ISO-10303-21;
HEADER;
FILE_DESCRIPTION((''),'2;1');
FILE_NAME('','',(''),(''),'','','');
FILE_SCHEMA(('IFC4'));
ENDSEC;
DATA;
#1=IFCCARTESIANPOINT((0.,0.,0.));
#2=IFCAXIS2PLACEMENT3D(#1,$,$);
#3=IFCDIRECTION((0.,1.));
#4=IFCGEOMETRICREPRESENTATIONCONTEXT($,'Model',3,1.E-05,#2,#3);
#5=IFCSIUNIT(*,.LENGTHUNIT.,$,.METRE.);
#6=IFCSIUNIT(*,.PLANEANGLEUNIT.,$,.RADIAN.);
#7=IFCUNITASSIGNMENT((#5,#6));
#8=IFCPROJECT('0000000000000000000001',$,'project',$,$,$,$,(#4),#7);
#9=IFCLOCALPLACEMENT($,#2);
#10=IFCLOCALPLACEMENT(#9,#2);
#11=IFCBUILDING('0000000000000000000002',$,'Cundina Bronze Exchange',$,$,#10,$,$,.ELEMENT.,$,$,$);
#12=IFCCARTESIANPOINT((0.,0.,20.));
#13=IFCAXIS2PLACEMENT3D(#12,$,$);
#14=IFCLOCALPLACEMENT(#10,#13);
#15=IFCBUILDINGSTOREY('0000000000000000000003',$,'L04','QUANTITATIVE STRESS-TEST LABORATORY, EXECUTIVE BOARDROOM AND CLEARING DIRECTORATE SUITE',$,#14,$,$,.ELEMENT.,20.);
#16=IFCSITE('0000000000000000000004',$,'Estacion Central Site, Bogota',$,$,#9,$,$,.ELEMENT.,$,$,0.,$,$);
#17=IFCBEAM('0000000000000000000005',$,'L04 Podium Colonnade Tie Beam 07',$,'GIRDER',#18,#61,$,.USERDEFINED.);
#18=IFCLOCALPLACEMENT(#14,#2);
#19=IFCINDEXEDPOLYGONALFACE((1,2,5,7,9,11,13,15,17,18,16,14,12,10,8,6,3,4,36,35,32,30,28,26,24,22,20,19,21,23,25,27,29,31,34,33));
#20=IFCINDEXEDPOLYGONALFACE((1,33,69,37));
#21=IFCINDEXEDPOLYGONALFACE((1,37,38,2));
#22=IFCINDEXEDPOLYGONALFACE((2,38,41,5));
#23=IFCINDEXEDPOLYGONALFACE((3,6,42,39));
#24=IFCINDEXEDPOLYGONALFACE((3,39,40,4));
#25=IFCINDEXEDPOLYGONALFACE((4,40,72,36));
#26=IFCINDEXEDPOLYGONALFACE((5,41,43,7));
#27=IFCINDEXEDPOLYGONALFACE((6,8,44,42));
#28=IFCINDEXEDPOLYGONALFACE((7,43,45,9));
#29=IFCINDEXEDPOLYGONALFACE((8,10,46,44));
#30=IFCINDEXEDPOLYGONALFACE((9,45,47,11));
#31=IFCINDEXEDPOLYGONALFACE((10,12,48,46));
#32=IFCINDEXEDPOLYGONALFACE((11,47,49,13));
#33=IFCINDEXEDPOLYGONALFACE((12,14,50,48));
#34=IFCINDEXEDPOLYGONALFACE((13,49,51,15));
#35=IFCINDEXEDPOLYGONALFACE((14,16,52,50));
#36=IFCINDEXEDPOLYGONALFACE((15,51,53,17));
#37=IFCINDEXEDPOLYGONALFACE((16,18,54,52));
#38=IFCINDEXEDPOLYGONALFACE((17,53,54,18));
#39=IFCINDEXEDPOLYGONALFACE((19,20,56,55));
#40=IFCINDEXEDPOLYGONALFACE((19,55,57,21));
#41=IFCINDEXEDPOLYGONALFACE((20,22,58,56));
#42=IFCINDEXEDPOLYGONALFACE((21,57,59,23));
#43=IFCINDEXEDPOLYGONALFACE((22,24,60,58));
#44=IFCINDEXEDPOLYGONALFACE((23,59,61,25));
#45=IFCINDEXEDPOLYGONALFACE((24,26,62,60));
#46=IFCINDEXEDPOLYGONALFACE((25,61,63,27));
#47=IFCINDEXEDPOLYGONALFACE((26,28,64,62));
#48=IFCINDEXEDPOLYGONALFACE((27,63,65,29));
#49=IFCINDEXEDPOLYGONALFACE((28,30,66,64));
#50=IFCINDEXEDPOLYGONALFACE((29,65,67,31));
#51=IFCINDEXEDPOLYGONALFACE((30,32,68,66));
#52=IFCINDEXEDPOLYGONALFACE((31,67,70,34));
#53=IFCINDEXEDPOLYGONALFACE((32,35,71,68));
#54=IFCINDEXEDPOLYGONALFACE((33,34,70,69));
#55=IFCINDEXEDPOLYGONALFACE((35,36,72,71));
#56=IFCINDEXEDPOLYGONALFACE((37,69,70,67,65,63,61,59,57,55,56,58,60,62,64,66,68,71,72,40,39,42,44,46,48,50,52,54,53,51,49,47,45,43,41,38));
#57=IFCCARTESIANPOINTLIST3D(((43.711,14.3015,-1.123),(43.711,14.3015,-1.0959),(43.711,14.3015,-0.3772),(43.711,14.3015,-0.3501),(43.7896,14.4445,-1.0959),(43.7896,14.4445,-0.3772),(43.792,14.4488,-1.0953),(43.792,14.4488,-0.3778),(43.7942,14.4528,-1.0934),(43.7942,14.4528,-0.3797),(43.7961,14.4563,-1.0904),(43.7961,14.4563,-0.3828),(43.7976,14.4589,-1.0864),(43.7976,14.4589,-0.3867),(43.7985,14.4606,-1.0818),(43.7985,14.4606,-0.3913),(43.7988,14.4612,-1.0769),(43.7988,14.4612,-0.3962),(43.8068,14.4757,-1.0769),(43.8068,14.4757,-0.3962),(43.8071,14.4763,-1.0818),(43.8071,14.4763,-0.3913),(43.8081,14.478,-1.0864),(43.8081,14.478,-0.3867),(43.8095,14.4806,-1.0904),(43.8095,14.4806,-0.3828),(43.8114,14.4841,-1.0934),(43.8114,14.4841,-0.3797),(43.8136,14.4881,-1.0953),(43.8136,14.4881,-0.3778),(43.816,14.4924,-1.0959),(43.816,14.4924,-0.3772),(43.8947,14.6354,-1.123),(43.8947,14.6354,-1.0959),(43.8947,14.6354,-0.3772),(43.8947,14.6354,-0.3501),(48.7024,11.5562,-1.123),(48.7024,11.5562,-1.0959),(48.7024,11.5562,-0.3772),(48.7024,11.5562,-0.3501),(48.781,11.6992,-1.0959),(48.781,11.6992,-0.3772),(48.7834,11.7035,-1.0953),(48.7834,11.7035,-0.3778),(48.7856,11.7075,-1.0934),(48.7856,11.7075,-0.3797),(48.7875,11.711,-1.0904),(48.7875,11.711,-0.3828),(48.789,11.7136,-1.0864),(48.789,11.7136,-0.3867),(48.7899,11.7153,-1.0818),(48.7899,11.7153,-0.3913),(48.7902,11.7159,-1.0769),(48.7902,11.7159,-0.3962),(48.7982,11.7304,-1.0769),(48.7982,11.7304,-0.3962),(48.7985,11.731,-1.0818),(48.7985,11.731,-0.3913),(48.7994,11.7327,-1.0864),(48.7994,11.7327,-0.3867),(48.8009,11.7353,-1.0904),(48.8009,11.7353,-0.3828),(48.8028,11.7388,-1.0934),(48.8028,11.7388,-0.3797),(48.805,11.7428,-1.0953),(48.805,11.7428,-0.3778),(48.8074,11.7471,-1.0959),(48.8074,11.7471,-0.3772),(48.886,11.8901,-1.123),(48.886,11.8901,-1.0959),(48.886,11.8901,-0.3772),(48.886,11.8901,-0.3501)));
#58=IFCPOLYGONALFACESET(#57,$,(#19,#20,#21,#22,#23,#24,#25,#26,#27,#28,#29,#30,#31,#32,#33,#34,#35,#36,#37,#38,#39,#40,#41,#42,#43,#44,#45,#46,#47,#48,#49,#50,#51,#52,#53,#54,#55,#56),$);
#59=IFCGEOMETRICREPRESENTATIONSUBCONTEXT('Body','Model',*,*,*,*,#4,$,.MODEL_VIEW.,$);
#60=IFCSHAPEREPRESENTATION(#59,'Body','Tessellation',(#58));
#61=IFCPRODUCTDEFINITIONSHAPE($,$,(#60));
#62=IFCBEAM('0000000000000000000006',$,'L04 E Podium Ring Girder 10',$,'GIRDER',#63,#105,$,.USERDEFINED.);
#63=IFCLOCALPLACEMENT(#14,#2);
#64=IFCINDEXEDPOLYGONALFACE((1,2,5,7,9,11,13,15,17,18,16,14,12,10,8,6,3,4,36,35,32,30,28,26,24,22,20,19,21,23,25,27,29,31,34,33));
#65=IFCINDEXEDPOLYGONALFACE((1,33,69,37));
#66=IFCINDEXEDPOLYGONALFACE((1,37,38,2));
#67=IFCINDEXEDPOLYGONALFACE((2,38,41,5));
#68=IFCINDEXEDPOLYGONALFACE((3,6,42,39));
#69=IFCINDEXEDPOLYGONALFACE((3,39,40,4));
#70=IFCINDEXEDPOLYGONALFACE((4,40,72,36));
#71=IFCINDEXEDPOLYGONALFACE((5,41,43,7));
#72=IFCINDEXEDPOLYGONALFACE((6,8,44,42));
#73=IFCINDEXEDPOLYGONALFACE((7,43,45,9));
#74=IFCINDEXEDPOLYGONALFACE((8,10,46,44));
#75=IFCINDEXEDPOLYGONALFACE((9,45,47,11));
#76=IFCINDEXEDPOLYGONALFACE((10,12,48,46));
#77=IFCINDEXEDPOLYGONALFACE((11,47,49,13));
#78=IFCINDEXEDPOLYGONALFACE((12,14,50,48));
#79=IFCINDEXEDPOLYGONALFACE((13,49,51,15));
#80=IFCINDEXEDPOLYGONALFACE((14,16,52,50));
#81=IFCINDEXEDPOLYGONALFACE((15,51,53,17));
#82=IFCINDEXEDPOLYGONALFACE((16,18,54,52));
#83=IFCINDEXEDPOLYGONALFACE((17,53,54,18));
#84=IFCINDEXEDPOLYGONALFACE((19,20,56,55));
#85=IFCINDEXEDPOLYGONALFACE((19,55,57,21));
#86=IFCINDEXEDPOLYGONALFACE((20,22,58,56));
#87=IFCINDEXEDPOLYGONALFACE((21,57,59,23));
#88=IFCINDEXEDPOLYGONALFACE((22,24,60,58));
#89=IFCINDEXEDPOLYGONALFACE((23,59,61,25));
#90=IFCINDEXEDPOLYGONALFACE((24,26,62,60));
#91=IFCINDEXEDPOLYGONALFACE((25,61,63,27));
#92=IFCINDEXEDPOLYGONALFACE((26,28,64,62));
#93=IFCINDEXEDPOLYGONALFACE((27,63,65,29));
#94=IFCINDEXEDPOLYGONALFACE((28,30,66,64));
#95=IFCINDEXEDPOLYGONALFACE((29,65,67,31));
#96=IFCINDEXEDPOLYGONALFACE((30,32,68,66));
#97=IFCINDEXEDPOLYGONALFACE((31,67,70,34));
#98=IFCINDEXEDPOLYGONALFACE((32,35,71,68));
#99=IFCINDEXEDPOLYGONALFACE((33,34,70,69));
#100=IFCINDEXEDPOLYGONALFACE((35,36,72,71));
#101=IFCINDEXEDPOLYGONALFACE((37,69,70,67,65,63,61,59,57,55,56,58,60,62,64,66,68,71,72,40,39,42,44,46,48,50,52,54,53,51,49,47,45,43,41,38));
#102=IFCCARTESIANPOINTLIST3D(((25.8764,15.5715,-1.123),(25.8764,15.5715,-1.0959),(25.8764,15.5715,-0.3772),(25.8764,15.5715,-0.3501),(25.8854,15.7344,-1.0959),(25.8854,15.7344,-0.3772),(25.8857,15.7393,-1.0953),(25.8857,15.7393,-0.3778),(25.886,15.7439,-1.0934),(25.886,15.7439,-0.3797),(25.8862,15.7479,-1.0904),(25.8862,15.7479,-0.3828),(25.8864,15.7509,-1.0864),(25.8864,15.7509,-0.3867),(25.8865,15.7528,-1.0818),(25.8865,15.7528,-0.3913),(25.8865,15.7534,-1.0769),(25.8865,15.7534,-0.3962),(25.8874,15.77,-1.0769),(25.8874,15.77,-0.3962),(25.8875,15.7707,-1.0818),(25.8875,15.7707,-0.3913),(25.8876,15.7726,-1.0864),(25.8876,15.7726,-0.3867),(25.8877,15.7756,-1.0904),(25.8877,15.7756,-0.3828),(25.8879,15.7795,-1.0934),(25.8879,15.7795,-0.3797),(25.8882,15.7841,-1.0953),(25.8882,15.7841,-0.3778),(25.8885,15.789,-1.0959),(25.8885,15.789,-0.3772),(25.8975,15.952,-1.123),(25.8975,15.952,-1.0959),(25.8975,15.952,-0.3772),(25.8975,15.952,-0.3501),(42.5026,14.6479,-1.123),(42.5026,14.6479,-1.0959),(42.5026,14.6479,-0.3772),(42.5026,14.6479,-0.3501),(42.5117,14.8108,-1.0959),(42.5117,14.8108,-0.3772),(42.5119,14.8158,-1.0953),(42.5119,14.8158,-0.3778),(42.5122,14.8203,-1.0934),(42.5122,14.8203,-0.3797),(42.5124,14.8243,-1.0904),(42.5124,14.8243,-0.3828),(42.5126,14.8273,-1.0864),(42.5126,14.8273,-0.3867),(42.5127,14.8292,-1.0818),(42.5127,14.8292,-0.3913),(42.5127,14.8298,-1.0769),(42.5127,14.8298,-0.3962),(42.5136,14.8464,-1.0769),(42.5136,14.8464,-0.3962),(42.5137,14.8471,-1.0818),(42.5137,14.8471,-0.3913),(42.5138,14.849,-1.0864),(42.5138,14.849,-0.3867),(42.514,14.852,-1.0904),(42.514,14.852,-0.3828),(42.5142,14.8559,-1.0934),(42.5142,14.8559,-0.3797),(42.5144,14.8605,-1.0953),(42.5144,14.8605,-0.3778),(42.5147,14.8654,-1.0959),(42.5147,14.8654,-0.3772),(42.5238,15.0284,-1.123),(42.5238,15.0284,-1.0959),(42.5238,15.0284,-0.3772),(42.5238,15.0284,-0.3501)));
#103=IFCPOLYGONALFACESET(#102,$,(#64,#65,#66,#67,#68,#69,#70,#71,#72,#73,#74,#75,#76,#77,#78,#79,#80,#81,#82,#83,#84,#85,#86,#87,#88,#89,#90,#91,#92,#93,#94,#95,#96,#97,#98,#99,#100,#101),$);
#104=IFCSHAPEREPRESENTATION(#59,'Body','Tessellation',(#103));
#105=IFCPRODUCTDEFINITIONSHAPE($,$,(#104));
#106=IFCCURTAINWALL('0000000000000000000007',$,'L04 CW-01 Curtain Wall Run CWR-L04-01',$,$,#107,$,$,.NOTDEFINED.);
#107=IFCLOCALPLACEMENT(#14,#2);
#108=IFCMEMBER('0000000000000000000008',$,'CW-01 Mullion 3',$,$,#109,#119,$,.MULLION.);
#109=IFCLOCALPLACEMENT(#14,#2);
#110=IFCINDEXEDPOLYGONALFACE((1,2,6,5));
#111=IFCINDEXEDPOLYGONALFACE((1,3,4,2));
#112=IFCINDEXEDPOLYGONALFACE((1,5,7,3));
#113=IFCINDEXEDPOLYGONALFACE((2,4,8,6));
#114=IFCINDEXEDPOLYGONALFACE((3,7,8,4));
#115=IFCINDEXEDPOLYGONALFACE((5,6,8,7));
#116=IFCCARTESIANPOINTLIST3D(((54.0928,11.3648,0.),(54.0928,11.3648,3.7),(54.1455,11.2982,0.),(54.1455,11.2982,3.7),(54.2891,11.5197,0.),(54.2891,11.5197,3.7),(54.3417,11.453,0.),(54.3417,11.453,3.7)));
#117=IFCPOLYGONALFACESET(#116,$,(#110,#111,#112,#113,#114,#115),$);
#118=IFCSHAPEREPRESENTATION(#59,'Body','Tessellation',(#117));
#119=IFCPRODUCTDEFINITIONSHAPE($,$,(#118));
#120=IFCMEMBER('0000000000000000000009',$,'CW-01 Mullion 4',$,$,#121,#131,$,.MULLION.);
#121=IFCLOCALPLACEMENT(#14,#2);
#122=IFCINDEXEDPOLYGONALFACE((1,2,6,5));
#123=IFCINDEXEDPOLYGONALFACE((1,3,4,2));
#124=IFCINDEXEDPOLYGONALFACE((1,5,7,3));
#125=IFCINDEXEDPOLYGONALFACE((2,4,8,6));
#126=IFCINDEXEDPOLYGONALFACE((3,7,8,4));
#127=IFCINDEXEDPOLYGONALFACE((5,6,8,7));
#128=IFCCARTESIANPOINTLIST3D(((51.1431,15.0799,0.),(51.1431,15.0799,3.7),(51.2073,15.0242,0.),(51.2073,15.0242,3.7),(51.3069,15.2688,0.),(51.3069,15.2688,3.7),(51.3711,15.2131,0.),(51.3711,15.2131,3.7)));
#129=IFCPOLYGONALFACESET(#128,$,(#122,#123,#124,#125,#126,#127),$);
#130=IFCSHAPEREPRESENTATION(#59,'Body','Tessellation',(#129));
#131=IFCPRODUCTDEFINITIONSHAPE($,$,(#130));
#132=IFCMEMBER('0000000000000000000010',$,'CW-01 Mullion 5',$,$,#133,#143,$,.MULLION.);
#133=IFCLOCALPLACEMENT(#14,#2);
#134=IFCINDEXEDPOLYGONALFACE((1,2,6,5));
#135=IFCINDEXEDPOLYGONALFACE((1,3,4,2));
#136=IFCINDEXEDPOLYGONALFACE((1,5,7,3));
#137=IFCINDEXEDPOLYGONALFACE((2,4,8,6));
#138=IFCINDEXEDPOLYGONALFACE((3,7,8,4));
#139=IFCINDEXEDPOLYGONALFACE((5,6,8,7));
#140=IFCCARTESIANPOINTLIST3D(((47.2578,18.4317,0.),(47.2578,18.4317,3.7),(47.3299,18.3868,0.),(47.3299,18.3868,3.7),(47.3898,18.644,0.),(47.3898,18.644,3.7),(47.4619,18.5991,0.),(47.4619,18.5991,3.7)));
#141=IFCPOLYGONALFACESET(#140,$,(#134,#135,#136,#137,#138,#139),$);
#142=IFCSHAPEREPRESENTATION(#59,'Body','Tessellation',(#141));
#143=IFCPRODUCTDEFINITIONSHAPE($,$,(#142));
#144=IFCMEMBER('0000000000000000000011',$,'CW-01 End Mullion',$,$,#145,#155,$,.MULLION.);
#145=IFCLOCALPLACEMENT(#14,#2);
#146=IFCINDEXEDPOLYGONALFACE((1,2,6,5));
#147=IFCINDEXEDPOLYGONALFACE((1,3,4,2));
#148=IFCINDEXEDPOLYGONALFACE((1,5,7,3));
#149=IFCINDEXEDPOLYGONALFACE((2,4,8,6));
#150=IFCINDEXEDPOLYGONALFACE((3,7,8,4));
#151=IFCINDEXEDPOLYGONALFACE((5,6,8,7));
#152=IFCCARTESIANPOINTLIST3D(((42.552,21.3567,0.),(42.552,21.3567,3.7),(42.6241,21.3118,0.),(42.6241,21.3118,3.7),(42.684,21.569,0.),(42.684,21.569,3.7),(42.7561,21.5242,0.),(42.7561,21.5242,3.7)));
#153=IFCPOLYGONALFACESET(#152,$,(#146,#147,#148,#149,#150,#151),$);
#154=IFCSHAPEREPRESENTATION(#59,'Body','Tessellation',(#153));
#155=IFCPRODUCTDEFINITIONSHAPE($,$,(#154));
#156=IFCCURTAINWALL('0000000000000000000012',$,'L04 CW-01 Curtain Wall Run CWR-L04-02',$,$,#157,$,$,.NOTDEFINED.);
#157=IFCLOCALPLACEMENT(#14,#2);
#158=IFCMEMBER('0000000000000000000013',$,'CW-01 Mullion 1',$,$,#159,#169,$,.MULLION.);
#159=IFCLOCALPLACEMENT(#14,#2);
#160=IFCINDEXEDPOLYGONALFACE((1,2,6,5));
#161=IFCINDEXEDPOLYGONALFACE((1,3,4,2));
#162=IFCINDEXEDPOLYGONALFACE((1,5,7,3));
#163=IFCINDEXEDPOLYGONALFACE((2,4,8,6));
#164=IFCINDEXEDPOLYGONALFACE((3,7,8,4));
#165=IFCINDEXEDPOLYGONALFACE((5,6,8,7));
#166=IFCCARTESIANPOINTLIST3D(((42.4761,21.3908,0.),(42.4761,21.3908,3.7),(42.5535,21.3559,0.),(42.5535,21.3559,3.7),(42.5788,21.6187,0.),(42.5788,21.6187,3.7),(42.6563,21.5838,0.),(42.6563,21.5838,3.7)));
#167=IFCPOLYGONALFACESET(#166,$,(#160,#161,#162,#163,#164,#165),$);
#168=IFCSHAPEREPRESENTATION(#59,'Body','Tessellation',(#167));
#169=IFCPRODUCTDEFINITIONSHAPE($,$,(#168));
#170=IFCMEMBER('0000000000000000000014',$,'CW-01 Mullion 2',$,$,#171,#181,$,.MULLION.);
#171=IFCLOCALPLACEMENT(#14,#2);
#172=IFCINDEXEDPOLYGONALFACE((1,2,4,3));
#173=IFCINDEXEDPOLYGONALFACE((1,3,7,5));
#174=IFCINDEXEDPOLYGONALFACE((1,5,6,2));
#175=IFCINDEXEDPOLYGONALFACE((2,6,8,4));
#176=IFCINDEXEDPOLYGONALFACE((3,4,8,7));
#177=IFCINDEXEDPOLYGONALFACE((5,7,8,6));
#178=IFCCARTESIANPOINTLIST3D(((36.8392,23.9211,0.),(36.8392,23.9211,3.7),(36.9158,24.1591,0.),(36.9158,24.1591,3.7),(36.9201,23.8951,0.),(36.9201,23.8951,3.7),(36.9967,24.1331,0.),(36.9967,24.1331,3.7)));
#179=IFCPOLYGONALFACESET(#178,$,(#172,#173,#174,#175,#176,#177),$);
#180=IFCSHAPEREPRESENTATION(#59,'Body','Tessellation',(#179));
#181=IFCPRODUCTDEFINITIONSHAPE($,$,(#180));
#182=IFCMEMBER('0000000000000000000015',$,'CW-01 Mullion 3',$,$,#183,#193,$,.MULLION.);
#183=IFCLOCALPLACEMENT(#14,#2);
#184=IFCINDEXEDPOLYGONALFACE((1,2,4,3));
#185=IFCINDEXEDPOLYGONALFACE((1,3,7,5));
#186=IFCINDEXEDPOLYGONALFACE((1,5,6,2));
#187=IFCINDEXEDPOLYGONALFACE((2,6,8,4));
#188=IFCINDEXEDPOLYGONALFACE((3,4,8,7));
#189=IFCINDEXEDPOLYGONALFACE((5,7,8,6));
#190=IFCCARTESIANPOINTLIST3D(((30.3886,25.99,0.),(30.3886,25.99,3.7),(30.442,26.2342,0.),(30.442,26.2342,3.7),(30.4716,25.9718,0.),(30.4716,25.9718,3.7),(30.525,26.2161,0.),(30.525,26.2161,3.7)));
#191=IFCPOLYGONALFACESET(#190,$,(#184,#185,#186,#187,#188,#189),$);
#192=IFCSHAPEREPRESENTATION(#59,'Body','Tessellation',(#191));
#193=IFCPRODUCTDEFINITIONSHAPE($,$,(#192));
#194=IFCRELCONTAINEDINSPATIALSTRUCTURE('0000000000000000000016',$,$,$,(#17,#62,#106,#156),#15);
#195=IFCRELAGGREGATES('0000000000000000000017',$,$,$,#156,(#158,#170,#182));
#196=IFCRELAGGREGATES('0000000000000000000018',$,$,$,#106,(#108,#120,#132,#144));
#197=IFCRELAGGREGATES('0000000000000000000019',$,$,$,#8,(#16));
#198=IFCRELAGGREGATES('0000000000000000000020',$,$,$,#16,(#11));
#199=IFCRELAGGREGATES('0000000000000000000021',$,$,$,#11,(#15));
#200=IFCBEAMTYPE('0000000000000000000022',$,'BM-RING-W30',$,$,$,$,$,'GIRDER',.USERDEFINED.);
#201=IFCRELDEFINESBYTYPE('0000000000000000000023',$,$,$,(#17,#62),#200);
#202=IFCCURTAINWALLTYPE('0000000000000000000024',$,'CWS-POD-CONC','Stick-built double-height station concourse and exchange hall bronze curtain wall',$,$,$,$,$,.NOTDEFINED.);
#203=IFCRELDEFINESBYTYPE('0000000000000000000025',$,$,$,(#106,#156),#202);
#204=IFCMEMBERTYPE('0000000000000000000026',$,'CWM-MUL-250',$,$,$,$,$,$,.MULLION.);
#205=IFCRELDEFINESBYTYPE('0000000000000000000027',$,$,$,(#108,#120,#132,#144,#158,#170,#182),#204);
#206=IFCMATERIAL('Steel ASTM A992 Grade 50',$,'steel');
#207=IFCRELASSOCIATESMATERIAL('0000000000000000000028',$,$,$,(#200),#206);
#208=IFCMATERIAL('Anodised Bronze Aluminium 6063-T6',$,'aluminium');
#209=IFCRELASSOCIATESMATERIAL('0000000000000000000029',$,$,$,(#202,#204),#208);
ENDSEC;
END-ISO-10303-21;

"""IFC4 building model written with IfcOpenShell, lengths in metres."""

from ifc_helpers import new_model, si_unit, direction, frame, origin, origin_2d, place, context, subcontext, project, spatial, rectangle, i_section, extrude, material, material_profile, profile_set, type_object, element, aggregate, save


model = new_model("IFC4")

# Units and contexts
model_context = context("Model", 3, precision=1e-05, world=origin(), true_north=direction((0.0, 1.0)))
body_context = subcontext(model_context, "Body", "Model", "MODEL_VIEW")
ifc_project = project(units=[si_unit("LENGTHUNIT", "METRE"), si_unit("PLANEANGLEUNIT", "RADIAN")], contexts=[model_context])

# Site, building, storey
site_placement = place(None, origin())
site = spatial("IfcSite", under=ifc_project, at=site_placement, Name="Estacion Central Site, Bogota", CompositionType="ELEMENT", RefElevation=0.0)
building_placement = place(site_placement, origin())
building = spatial("IfcBuilding", under=site, at=building_placement, Name="Cundina Bronze Exchange", CompositionType="ELEMENT")
storey_placement = place(building_placement, frame((0.0, 0.0, 20.0)))
storey = spatial("IfcBuildingStorey", under=building, at=storey_placement, Name="L04", Description="QUANTITATIVE STRESS-TEST LABORATORY, EXECUTIVE BOARDROOM AND CLEARING DIRECTORATE SUITE", CompositionType="ELEMENT", Elevation=20.0)

# Beams
ifc_material_1 = material(Name="Steel ASTM A992 Grade 50", Category="steel")
ifc_material_profile_1 = material_profile(ifc_material_1, i_section(OverallWidth=0.3811, OverallDepth=0.7729, WebThickness=0.0166, FlangeThickness=0.0271, FilletRadius=0.019, at=origin_2d()), Name="W30X173", Category="steel")
ifc_profile_set_1 = profile_set([ifc_material_profile_1], Name="Steel ASTM A992 Grade 50")
beam_type_1 = type_object("IfcBeamType", Name="BM-RING-W30", ElementType="GIRDER", PredefinedType="USERDEFINED", material=ifc_profile_set_1)
beam_1_placement = place(storey_placement, frame((48.7942, 11.7231, -0.7366), z_axis=(-0.876211, 0.481927, 0.0), x_axis=(-0.481927, -0.876211, 0.0)))
element("IfcBeam", 1, at=beam_1_placement, inside=storey, type_object=beam_type_1, Name="L04 Podium Colonnade Tie Beam 07", ObjectType="GIRDER", PredefinedType="USERDEFINED", context=body_context, shape_type="SweptSolid", body=[
    extrude(i_section(OverallWidth=0.3811, OverallDepth=0.7729, WebThickness=0.0166, FlangeThickness=0.0271, FilletRadius=0.019, at=origin_2d()), origin(), (0.0, 0.0, 1.0), 5.6965),
])
beam_2_placement = place(storey_placement, frame((42.5132, 14.8381, -0.7366), z_axis=(-0.998461, 0.055464, 0.0), x_axis=(-0.055464, -0.998461, 0.0)))
element("IfcBeam", 2, at=beam_2_placement, inside=storey, type_object=beam_type_1, Name="L04 E Podium Ring Girder 10", ObjectType="GIRDER", PredefinedType="USERDEFINED", context=body_context, shape_type="SweptSolid", body=[
    extrude(i_section(OverallWidth=0.3811, OverallDepth=0.7729, WebThickness=0.0166, FlangeThickness=0.0271, FilletRadius=0.019, at=origin_2d()), origin(), (0.0, 0.0, 1.0), 16.6519),
])

# Curtain walls, members
ifc_material_2 = material(Name="Anodised Bronze Aluminium 6063-T6", Category="aluminium")
curtain_wall_type = type_object("IfcCurtainWallType", Name="CWS-POD-CONC", Description="Stick-built double-height station concourse and exchange hall bronze curtain wall", PredefinedType="NOTDEFINED", material=ifc_material_2)
curtain_wall_1_placement = place(storey_placement, origin())
curtain_wall_1 = element("IfcCurtainWall", 3, at=curtain_wall_1_placement, inside=storey, type_object=curtain_wall_type, Name="L04 CW-01 Curtain Wall Run CWR-L04-01", PredefinedType="NOTDEFINED")
ifc_material_profile_2 = material_profile(ifc_material_2, rectangle(XDim=0.085, YDim=0.25, at=origin_2d()), Name="AL85X250", Category="aluminium")
ifc_profile_set_2 = profile_set([ifc_material_profile_2], Name="Anodised Bronze Aluminium 6063-T6")
member_type_1 = type_object("IfcMemberType", Name="CWM-MUL-250", PredefinedType="MULLION", material=ifc_profile_set_2)
member_1_placement = place(storey_placement, frame((54.2173, 11.4089, 0.0), z_axis=(0.0, 0.0, 1.0), x_axis=(-0.619505, 0.784993, 0.0)))
member_1 = element("IfcMember", 4, at=member_1_placement, type_object=member_type_1, Name="CW-01 Mullion 3", PredefinedType="MULLION", context=body_context, shape_type="SweptSolid", body=[
    extrude(rectangle(XDim=0.085, YDim=0.25, at=origin_2d()), origin(), (0.0, 0.0, 1.0), 3.7),
])
member_2_placement = place(storey_placement, frame((51.2571, 15.1465, 0.0), z_axis=(0.0, 0.0, 1.0), x_axis=(-0.755511, 0.655136, 0.0)))
member_2 = element("IfcMember", 5, at=member_2_placement, type_object=member_type_1, Name="CW-01 Mullion 4", PredefinedType="MULLION", context=body_context, shape_type="SweptSolid", body=[
    extrude(rectangle(XDim=0.085, YDim=0.25, at=origin_2d()), origin(), (0.0, 0.0, 1.0), 3.7),
])
member_3_placement = place(storey_placement, frame((47.3599, 18.5154, 0.0), z_axis=(0.0, 0.0, 1.0), x_axis=(-0.849248, 0.527994, 0.0)))
member_3 = element("IfcMember", 6, at=member_3_placement, type_object=member_type_1, Name="CW-01 Mullion 5", PredefinedType="MULLION", context=body_context, shape_type="SweptSolid", body=[
    extrude(rectangle(XDim=0.085, YDim=0.25, at=origin_2d()), origin(), (0.0, 0.0, 1.0), 3.7),
])
member_4_placement = place(storey_placement, frame((42.6541, 21.4404, 0.0), z_axis=(0.0, 0.0, 1.0), x_axis=(-0.849248, 0.527994, 0.0)))
member_4 = element("IfcMember", 7, at=member_4_placement, type_object=member_type_1, Name="CW-01 End Mullion", PredefinedType="MULLION", context=body_context, shape_type="SweptSolid", body=[
    extrude(rectangle(XDim=0.085, YDim=0.25, at=origin_2d()), origin(), (0.0, 0.0, 1.0), 3.7),
])
curtain_wall_2_placement = place(storey_placement, origin())
curtain_wall_2 = element("IfcCurtainWall", 8, at=curtain_wall_2_placement, inside=storey, type_object=curtain_wall_type, Name="L04 CW-01 Curtain Wall Run CWR-L04-02", PredefinedType="NOTDEFINED")
member_5_placement = place(storey_placement, frame((42.5662, 21.4873, 0.0), z_axis=(0.0, 0.0, 1.0), x_axis=(-0.911619, 0.411037, 0.0)))
member_5 = element("IfcMember", 9, at=member_5_placement, type_object=member_type_1, Name="CW-01 Mullion 1", PredefinedType="MULLION", context=body_context, shape_type="SweptSolid", body=[
    extrude(rectangle(XDim=0.085, YDim=0.25, at=origin_2d()), origin(), (0.0, 0.0, 1.0), 3.7),
])
member_6_placement = place(storey_placement, frame((36.918, 24.0271, 0.0), z_axis=(0.0, 0.0, 1.0), x_axis=(-0.951862, 0.306526, 0.0)))
member_6 = element("IfcMember", 10, at=member_6_placement, type_object=member_type_1, Name="CW-01 Mullion 2", PredefinedType="MULLION", context=body_context, shape_type="SweptSolid", body=[
    extrude(rectangle(XDim=0.085, YDim=0.25, at=origin_2d()), origin(), (0.0, 0.0, 1.0), 3.7),
])
member_7_placement = place(storey_placement, frame((30.4568, 26.103, 0.0), z_axis=(0.0, 0.0, 1.0), x_axis=(-0.976897, 0.213712, 0.0)))
member_7 = element("IfcMember", 11, at=member_7_placement, type_object=member_type_1, Name="CW-01 Mullion 3", PredefinedType="MULLION", context=body_context, shape_type="SweptSolid", body=[
    extrude(rectangle(XDim=0.085, YDim=0.25, at=origin_2d()), origin(), (0.0, 0.0, 1.0), 3.7),
])

aggregate(curtain_wall_2, [member_5, member_6, member_7])
aggregate(curtain_wall_1, [member_1, member_2, member_3, member_4])

save(model, "model.ifc")
